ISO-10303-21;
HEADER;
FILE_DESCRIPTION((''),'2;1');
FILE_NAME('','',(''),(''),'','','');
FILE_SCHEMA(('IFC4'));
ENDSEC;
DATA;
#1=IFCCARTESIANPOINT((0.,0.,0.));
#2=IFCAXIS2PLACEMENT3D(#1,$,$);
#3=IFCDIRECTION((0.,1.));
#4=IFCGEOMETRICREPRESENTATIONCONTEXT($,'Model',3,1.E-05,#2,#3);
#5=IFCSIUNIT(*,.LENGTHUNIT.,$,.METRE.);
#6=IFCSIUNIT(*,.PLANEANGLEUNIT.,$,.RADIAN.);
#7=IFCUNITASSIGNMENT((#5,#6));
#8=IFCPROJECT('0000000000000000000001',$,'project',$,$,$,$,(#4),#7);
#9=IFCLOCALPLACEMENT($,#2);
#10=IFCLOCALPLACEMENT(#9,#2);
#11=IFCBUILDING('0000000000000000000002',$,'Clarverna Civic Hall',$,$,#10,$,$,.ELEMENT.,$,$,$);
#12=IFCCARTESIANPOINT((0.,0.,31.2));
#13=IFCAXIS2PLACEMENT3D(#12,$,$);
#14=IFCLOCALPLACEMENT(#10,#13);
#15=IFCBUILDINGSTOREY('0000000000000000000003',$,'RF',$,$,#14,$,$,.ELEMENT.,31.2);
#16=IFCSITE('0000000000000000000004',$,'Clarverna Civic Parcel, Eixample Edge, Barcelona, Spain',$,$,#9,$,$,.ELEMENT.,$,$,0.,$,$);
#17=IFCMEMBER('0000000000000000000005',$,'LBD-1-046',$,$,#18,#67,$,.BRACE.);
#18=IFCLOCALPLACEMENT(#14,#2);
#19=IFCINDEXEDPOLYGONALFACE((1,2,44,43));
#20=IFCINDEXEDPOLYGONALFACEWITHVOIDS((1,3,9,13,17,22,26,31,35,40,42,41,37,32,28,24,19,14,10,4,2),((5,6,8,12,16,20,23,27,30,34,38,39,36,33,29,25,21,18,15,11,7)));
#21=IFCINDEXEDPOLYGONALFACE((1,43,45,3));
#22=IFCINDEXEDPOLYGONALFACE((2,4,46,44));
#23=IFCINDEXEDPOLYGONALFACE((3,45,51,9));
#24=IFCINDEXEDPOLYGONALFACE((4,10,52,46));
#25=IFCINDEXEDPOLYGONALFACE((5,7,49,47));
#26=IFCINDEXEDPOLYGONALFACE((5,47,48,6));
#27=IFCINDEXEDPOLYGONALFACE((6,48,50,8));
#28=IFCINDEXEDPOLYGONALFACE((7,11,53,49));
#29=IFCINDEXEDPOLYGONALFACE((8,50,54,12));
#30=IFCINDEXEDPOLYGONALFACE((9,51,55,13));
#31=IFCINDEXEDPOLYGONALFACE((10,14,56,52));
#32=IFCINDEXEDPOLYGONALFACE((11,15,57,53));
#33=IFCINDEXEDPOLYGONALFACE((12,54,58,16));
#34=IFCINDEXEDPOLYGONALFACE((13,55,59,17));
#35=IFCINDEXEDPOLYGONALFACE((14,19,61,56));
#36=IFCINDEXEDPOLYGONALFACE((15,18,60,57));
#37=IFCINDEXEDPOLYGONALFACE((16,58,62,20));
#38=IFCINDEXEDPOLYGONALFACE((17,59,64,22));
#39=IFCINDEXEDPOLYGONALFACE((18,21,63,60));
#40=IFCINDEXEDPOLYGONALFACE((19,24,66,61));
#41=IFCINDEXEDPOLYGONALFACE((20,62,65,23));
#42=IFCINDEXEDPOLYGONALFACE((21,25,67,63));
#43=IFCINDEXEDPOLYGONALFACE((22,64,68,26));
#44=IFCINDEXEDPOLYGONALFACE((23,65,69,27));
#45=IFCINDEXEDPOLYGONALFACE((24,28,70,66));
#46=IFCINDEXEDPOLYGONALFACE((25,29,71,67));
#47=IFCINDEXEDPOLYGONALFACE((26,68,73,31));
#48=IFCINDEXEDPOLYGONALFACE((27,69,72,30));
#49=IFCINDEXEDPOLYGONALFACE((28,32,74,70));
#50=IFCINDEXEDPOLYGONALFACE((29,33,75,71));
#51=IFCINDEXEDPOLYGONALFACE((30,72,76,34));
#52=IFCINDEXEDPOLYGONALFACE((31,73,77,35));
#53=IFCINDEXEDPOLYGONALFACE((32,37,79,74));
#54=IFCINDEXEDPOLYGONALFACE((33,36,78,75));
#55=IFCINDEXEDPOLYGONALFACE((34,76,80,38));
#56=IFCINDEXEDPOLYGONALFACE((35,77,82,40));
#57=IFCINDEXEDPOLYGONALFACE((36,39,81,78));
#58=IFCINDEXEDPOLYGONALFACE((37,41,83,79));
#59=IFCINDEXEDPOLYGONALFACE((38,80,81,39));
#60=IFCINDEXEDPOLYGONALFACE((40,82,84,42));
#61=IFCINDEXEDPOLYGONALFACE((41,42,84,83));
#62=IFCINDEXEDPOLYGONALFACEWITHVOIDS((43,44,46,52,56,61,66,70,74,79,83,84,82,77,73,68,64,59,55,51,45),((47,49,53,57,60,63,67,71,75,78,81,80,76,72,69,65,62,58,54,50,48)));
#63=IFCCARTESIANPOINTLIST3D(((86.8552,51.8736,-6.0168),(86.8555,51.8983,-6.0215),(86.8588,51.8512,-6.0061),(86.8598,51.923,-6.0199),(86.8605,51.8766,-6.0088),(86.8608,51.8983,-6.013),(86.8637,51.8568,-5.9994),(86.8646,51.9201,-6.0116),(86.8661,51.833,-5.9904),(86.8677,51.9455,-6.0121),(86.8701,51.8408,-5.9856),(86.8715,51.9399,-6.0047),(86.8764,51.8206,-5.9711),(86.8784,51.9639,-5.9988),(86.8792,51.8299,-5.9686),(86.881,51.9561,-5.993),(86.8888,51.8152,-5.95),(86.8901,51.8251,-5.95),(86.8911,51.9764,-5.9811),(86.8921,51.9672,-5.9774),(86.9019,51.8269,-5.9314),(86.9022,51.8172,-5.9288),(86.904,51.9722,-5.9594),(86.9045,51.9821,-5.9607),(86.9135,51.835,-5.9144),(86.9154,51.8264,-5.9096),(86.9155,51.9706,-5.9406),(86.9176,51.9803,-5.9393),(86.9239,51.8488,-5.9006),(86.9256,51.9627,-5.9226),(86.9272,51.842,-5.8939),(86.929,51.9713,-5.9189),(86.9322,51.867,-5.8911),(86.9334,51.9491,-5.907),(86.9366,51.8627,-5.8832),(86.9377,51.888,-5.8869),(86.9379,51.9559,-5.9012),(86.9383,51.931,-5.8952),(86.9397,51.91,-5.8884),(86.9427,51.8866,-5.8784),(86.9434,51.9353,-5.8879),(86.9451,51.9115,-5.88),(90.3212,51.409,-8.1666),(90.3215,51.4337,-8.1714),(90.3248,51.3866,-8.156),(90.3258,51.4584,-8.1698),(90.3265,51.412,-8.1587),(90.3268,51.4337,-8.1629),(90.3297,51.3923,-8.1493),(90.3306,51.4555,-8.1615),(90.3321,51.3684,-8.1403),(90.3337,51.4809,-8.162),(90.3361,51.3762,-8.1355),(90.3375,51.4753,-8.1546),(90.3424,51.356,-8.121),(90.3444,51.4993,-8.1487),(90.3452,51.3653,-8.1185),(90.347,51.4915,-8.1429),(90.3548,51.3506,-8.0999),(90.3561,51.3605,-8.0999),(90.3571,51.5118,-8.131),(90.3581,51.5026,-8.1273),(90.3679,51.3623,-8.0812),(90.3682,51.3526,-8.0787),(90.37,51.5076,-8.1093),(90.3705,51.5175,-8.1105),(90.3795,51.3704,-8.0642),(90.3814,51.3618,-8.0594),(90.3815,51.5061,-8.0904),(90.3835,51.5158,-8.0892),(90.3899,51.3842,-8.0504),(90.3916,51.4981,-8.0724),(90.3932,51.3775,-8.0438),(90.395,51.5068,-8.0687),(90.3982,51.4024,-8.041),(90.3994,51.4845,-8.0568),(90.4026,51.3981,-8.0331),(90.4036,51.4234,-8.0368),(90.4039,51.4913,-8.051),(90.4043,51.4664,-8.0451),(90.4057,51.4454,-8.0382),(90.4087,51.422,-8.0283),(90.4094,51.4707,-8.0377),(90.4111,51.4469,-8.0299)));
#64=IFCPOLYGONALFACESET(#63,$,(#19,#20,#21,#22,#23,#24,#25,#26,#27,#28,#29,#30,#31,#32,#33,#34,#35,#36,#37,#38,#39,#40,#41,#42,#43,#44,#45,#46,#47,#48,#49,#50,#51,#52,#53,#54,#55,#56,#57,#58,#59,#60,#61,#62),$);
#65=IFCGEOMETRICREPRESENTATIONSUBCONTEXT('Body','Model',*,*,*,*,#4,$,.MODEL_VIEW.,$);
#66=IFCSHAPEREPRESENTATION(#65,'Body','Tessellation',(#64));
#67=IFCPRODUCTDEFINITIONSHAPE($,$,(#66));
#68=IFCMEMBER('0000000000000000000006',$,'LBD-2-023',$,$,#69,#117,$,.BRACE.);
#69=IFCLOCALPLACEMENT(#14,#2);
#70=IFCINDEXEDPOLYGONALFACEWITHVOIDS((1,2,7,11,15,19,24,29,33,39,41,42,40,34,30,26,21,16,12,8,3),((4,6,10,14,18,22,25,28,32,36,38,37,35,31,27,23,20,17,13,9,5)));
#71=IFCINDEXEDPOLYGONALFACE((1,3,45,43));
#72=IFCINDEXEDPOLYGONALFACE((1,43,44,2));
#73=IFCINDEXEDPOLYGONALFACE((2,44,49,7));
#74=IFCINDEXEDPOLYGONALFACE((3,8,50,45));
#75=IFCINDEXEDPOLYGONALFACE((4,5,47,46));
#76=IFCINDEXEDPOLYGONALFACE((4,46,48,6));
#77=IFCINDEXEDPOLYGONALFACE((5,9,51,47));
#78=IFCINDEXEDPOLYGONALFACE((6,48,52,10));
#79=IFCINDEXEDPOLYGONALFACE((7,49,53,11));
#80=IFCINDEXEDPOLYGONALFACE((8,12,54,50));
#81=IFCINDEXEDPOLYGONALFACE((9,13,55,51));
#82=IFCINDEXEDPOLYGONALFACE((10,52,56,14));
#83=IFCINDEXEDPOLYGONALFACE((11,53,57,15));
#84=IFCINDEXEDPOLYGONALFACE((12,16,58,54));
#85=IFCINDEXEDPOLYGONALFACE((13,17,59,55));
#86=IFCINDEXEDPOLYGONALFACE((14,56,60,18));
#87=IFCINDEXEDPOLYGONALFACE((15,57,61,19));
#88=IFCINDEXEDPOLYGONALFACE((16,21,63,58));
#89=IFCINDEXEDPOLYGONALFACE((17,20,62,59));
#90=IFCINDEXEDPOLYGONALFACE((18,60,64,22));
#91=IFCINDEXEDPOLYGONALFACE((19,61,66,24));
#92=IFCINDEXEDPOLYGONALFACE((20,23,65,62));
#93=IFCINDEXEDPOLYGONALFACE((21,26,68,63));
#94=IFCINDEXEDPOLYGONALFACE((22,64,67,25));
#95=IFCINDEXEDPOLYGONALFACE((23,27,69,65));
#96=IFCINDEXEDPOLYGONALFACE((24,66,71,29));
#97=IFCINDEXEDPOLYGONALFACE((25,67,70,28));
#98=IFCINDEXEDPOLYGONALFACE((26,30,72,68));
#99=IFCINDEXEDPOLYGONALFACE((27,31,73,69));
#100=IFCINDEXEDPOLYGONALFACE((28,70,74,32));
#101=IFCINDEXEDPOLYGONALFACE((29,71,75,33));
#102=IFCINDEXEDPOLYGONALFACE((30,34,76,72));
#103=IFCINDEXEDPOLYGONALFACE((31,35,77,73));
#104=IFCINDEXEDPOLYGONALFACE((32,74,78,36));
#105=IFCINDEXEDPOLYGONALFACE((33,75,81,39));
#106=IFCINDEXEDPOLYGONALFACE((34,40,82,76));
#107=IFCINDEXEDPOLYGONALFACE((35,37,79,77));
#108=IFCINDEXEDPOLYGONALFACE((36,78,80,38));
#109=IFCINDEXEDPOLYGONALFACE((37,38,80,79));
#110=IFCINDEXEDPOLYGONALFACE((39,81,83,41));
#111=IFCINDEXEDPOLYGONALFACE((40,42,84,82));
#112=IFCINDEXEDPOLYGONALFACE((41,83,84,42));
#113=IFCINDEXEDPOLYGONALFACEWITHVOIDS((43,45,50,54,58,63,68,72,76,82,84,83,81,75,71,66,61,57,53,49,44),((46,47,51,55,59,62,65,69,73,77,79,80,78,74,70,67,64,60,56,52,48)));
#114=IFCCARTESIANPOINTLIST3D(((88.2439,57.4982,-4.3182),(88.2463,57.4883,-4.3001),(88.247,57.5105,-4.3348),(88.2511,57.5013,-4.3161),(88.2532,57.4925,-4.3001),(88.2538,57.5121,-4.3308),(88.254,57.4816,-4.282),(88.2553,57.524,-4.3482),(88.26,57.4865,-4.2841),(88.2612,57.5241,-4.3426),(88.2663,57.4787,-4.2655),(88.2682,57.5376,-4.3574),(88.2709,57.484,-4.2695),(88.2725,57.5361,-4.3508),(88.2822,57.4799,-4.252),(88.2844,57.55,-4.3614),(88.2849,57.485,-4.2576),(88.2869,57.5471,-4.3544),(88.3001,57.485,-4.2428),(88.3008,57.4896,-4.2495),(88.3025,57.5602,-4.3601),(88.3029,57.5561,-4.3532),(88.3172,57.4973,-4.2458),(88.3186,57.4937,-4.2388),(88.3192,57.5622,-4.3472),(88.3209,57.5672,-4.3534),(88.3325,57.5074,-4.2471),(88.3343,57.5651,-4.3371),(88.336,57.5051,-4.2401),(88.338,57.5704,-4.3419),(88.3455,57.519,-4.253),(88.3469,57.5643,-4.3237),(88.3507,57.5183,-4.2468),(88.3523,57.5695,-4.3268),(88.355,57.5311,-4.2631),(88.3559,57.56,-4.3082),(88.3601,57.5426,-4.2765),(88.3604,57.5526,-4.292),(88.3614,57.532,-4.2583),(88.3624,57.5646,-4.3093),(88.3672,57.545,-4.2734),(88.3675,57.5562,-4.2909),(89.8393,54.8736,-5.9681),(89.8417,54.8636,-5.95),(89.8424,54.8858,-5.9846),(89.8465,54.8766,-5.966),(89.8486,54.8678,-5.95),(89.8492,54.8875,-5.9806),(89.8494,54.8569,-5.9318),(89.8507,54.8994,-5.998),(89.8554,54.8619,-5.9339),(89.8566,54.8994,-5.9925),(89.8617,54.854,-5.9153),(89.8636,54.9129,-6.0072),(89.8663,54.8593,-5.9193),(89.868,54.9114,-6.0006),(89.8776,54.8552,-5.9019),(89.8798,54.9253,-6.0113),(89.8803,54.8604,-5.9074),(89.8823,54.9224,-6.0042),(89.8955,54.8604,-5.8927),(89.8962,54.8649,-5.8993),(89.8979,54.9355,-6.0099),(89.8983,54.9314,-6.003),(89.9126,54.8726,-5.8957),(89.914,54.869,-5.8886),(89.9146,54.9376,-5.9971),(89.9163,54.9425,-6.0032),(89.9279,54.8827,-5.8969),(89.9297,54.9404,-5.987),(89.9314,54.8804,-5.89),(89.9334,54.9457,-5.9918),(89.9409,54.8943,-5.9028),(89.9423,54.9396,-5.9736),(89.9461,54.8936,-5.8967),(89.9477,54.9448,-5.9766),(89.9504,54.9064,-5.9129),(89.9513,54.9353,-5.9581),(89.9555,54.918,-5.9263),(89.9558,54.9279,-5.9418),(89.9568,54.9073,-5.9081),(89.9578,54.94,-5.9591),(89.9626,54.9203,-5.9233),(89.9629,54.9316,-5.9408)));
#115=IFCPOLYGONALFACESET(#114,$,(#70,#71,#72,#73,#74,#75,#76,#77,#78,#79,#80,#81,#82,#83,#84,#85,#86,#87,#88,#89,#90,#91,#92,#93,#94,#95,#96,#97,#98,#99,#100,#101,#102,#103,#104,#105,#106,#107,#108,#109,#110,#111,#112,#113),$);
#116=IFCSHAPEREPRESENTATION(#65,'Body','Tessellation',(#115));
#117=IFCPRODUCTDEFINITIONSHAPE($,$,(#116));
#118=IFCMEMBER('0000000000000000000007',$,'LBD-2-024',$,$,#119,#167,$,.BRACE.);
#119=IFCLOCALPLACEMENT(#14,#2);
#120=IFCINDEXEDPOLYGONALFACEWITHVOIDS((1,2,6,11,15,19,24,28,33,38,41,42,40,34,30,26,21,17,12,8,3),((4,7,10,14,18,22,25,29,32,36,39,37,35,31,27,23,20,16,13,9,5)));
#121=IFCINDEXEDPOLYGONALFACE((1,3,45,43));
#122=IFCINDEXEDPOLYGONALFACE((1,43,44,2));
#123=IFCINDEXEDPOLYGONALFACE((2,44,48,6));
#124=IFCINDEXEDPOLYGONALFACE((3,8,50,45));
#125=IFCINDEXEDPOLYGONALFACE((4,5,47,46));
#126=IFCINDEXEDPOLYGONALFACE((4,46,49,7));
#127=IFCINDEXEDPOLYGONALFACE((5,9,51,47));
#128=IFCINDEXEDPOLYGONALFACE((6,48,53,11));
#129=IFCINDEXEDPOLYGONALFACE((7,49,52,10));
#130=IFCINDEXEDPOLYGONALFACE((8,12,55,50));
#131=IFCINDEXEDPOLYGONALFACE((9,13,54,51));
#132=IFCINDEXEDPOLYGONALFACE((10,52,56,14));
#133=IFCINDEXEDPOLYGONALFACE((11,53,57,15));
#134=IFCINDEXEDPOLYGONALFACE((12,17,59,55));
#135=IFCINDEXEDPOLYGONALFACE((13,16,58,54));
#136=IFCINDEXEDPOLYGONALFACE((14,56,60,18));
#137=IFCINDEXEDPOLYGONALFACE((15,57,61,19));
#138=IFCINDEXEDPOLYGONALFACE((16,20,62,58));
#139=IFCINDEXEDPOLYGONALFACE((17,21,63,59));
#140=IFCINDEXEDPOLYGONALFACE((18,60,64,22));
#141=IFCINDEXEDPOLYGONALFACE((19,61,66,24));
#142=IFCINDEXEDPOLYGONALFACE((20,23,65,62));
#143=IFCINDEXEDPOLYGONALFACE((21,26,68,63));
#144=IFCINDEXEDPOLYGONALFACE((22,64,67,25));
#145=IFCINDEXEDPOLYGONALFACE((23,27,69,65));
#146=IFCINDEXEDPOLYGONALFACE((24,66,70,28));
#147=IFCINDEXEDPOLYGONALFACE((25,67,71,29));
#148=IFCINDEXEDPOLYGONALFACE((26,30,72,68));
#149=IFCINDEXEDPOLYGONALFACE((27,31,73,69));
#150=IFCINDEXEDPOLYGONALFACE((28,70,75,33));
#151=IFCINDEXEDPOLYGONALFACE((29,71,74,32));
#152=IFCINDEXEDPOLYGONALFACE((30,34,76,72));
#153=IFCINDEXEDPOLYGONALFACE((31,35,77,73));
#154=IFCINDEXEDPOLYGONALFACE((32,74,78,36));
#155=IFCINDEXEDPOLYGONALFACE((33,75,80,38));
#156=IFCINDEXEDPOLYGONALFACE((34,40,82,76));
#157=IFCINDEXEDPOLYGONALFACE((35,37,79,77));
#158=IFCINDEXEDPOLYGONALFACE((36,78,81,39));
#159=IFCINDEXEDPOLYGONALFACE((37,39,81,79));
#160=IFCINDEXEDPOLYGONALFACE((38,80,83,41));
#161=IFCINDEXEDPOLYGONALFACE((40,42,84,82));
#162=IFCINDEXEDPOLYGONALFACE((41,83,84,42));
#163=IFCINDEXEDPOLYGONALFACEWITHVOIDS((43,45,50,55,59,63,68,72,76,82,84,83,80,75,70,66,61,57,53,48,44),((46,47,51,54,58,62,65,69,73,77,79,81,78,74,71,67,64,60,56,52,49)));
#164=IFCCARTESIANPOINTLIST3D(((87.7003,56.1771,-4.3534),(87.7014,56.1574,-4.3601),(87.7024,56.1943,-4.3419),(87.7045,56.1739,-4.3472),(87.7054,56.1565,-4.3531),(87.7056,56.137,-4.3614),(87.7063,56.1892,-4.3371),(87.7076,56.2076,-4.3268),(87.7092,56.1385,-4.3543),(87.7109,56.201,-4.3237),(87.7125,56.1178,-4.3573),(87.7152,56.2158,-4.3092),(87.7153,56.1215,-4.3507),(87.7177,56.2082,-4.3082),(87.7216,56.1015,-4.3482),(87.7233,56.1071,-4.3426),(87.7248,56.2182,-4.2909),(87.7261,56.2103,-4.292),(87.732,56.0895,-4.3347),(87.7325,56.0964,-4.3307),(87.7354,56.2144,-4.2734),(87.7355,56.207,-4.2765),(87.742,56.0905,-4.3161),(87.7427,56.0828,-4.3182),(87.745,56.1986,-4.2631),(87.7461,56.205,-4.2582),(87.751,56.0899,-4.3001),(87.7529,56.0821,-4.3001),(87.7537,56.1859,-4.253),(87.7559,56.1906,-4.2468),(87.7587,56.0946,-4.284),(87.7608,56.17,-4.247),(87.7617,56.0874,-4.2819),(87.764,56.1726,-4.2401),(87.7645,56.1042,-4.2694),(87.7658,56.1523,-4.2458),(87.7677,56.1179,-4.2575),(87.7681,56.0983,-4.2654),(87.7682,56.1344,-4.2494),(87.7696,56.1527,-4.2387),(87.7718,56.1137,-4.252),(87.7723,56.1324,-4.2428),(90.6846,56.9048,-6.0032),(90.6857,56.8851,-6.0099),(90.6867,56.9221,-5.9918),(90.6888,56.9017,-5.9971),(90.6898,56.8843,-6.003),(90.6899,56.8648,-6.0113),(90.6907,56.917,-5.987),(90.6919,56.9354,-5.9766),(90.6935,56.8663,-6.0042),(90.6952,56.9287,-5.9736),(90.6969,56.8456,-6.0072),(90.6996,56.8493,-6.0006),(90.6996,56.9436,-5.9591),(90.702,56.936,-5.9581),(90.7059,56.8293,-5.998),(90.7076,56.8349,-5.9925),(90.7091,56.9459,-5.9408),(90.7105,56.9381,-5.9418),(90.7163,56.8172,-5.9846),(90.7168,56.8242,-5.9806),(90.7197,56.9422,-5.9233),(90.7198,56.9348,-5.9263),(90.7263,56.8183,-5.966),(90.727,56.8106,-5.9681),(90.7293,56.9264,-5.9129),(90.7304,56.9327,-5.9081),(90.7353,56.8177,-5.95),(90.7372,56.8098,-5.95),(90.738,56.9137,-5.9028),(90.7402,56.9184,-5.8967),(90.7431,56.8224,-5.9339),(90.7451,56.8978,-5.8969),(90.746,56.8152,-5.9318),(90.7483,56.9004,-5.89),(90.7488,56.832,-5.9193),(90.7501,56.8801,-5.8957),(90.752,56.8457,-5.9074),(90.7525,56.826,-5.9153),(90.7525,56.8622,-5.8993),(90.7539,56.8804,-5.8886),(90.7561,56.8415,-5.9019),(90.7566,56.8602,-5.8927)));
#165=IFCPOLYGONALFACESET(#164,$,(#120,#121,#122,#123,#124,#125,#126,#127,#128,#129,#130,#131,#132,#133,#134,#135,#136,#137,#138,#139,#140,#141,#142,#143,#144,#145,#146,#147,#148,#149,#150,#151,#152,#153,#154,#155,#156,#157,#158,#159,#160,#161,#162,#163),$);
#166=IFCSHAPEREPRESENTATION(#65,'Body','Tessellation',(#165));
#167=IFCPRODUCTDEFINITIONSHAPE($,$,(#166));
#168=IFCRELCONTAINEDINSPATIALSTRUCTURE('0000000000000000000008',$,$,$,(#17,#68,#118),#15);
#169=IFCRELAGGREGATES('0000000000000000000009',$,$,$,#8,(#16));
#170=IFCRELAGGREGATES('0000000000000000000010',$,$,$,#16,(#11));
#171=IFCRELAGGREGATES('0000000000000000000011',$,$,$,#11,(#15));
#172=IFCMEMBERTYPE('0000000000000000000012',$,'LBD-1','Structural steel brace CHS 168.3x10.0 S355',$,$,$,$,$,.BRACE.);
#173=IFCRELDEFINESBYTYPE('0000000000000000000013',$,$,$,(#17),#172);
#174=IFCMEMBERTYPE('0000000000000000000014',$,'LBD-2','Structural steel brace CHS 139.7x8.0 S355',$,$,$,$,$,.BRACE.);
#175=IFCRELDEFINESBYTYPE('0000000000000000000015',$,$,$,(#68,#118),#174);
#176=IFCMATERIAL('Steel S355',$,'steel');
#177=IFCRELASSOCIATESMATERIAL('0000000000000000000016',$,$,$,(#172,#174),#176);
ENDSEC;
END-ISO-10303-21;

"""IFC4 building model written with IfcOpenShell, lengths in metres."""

from ifc_helpers import new_model, si_unit, direction, frame, origin, origin_2d, place, context, subcontext, project, spatial, hollow_circle, extrude, material, material_profile, profile_set, type_object, element, save


model = new_model("IFC4")

# Units and contexts
model_context = context("Model", 3, precision=1e-05, world=origin(), true_north=direction((0.0, 1.0)))
body_context = subcontext(model_context, "Body", "Model", "MODEL_VIEW")
ifc_project = project(units=[si_unit("LENGTHUNIT", "METRE"), si_unit("PLANEANGLEUNIT", "RADIAN")], contexts=[model_context])

# Site, building, storey
site_placement = place(None, origin())
site = spatial("IfcSite", under=ifc_project, at=site_placement, Name="Clarverna Civic Parcel, Eixample Edge, Barcelona, Spain", CompositionType="ELEMENT", RefElevation=0.0)
building_placement = place(site_placement, origin())
building = spatial("IfcBuilding", under=site, at=building_placement, Name="Clarverna Civic Hall", CompositionType="ELEMENT")
storey_placement = place(building_placement, frame((0.0, 0.0, 31.2)))
storey = spatial("IfcBuildingStorey", under=building, at=storey_placement, Name="RF", CompositionType="ELEMENT", Elevation=31.2)

# Members
ifc_material_1 = material(Name="Steel S355", Category="steel")
ifc_material_profile_1 = material_profile(ifc_material_1, hollow_circle(Radius=0.0842, WallThickness=0.01, at=origin_2d()), Name="CHS 168.3x10.0")
ifc_profile_set_1 = profile_set([ifc_material_profile_1], Name="Steel S355")
member_type_1 = type_object("IfcMemberType", Name="LBD-1", Description="Structural steel brace CHS 168.3x10.0 S355", PredefinedType="BRACE", material=ifc_profile_set_1)
member_1_placement = place(storey_placement, frame((90.366, 51.4341, -8.0999), z_axis=(-0.844339, 0.113177, 0.52372), x_axis=(-0.132854, -0.991136, 0.0)))
element("IfcMember", 1, at=member_1_placement, inside=storey, type_object=member_type_1, Name="LBD-1-046", PredefinedType="BRACE", context=body_context, shape_type="SweptSolid", body=[
    extrude(hollow_circle(Radius=0.0842, WallThickness=0.01, at=origin_2d()), origin(), (0.0, 0.0, 1.0), 4.105),
])
ifc_material_profile_2 = material_profile(ifc_material_1, hollow_circle(Radius=0.0698, WallThickness=0.0081, at=origin_2d()), Name="CHS 139.7x8.0")
ifc_profile_set_2 = profile_set([ifc_material_profile_2], Name="Steel S355")
member_type_2 = type_object("IfcMemberType", Name="LBD-2", Description="Structural steel brace CHS 139.7x8.0 S355", PredefinedType="BRACE", material=ifc_profile_set_2)
member_2_placement = place(storey_placement, frame((89.9014, 54.8999, -5.95), z_axis=(-0.457585, 0.752793, 0.4732), x_axis=(-0.854519, -0.51942, 0.0)))
element("IfcMember", 2, at=member_2_placement, inside=storey, type_object=member_type_2, Name="LBD-2-023", PredefinedType="BRACE", context=body_context, shape_type="SweptSolid", body=[
    extrude(hollow_circle(Radius=0.0698, WallThickness=0.0081, at=origin_2d()), origin(), (0.0, 0.0, 1.0), 3.4866),
])
member_3_placement = place(storey_placement, frame((90.7207, 56.8777, -5.95), z_axis=(-0.855887, -0.20872, 0.473174), x_axis=(0.236921, -0.971529, 0.0)))
element("IfcMember", 3, at=member_3_placement, inside=storey, type_object=member_type_2, Name="LBD-2-024", PredefinedType="BRACE", context=body_context, shape_type="SweptSolid", body=[
    extrude(hollow_circle(Radius=0.0698, WallThickness=0.0081, at=origin_2d()), origin(), (0.0, 0.0, 1.0), 3.4868),
])

save(model, "model.ifc")
